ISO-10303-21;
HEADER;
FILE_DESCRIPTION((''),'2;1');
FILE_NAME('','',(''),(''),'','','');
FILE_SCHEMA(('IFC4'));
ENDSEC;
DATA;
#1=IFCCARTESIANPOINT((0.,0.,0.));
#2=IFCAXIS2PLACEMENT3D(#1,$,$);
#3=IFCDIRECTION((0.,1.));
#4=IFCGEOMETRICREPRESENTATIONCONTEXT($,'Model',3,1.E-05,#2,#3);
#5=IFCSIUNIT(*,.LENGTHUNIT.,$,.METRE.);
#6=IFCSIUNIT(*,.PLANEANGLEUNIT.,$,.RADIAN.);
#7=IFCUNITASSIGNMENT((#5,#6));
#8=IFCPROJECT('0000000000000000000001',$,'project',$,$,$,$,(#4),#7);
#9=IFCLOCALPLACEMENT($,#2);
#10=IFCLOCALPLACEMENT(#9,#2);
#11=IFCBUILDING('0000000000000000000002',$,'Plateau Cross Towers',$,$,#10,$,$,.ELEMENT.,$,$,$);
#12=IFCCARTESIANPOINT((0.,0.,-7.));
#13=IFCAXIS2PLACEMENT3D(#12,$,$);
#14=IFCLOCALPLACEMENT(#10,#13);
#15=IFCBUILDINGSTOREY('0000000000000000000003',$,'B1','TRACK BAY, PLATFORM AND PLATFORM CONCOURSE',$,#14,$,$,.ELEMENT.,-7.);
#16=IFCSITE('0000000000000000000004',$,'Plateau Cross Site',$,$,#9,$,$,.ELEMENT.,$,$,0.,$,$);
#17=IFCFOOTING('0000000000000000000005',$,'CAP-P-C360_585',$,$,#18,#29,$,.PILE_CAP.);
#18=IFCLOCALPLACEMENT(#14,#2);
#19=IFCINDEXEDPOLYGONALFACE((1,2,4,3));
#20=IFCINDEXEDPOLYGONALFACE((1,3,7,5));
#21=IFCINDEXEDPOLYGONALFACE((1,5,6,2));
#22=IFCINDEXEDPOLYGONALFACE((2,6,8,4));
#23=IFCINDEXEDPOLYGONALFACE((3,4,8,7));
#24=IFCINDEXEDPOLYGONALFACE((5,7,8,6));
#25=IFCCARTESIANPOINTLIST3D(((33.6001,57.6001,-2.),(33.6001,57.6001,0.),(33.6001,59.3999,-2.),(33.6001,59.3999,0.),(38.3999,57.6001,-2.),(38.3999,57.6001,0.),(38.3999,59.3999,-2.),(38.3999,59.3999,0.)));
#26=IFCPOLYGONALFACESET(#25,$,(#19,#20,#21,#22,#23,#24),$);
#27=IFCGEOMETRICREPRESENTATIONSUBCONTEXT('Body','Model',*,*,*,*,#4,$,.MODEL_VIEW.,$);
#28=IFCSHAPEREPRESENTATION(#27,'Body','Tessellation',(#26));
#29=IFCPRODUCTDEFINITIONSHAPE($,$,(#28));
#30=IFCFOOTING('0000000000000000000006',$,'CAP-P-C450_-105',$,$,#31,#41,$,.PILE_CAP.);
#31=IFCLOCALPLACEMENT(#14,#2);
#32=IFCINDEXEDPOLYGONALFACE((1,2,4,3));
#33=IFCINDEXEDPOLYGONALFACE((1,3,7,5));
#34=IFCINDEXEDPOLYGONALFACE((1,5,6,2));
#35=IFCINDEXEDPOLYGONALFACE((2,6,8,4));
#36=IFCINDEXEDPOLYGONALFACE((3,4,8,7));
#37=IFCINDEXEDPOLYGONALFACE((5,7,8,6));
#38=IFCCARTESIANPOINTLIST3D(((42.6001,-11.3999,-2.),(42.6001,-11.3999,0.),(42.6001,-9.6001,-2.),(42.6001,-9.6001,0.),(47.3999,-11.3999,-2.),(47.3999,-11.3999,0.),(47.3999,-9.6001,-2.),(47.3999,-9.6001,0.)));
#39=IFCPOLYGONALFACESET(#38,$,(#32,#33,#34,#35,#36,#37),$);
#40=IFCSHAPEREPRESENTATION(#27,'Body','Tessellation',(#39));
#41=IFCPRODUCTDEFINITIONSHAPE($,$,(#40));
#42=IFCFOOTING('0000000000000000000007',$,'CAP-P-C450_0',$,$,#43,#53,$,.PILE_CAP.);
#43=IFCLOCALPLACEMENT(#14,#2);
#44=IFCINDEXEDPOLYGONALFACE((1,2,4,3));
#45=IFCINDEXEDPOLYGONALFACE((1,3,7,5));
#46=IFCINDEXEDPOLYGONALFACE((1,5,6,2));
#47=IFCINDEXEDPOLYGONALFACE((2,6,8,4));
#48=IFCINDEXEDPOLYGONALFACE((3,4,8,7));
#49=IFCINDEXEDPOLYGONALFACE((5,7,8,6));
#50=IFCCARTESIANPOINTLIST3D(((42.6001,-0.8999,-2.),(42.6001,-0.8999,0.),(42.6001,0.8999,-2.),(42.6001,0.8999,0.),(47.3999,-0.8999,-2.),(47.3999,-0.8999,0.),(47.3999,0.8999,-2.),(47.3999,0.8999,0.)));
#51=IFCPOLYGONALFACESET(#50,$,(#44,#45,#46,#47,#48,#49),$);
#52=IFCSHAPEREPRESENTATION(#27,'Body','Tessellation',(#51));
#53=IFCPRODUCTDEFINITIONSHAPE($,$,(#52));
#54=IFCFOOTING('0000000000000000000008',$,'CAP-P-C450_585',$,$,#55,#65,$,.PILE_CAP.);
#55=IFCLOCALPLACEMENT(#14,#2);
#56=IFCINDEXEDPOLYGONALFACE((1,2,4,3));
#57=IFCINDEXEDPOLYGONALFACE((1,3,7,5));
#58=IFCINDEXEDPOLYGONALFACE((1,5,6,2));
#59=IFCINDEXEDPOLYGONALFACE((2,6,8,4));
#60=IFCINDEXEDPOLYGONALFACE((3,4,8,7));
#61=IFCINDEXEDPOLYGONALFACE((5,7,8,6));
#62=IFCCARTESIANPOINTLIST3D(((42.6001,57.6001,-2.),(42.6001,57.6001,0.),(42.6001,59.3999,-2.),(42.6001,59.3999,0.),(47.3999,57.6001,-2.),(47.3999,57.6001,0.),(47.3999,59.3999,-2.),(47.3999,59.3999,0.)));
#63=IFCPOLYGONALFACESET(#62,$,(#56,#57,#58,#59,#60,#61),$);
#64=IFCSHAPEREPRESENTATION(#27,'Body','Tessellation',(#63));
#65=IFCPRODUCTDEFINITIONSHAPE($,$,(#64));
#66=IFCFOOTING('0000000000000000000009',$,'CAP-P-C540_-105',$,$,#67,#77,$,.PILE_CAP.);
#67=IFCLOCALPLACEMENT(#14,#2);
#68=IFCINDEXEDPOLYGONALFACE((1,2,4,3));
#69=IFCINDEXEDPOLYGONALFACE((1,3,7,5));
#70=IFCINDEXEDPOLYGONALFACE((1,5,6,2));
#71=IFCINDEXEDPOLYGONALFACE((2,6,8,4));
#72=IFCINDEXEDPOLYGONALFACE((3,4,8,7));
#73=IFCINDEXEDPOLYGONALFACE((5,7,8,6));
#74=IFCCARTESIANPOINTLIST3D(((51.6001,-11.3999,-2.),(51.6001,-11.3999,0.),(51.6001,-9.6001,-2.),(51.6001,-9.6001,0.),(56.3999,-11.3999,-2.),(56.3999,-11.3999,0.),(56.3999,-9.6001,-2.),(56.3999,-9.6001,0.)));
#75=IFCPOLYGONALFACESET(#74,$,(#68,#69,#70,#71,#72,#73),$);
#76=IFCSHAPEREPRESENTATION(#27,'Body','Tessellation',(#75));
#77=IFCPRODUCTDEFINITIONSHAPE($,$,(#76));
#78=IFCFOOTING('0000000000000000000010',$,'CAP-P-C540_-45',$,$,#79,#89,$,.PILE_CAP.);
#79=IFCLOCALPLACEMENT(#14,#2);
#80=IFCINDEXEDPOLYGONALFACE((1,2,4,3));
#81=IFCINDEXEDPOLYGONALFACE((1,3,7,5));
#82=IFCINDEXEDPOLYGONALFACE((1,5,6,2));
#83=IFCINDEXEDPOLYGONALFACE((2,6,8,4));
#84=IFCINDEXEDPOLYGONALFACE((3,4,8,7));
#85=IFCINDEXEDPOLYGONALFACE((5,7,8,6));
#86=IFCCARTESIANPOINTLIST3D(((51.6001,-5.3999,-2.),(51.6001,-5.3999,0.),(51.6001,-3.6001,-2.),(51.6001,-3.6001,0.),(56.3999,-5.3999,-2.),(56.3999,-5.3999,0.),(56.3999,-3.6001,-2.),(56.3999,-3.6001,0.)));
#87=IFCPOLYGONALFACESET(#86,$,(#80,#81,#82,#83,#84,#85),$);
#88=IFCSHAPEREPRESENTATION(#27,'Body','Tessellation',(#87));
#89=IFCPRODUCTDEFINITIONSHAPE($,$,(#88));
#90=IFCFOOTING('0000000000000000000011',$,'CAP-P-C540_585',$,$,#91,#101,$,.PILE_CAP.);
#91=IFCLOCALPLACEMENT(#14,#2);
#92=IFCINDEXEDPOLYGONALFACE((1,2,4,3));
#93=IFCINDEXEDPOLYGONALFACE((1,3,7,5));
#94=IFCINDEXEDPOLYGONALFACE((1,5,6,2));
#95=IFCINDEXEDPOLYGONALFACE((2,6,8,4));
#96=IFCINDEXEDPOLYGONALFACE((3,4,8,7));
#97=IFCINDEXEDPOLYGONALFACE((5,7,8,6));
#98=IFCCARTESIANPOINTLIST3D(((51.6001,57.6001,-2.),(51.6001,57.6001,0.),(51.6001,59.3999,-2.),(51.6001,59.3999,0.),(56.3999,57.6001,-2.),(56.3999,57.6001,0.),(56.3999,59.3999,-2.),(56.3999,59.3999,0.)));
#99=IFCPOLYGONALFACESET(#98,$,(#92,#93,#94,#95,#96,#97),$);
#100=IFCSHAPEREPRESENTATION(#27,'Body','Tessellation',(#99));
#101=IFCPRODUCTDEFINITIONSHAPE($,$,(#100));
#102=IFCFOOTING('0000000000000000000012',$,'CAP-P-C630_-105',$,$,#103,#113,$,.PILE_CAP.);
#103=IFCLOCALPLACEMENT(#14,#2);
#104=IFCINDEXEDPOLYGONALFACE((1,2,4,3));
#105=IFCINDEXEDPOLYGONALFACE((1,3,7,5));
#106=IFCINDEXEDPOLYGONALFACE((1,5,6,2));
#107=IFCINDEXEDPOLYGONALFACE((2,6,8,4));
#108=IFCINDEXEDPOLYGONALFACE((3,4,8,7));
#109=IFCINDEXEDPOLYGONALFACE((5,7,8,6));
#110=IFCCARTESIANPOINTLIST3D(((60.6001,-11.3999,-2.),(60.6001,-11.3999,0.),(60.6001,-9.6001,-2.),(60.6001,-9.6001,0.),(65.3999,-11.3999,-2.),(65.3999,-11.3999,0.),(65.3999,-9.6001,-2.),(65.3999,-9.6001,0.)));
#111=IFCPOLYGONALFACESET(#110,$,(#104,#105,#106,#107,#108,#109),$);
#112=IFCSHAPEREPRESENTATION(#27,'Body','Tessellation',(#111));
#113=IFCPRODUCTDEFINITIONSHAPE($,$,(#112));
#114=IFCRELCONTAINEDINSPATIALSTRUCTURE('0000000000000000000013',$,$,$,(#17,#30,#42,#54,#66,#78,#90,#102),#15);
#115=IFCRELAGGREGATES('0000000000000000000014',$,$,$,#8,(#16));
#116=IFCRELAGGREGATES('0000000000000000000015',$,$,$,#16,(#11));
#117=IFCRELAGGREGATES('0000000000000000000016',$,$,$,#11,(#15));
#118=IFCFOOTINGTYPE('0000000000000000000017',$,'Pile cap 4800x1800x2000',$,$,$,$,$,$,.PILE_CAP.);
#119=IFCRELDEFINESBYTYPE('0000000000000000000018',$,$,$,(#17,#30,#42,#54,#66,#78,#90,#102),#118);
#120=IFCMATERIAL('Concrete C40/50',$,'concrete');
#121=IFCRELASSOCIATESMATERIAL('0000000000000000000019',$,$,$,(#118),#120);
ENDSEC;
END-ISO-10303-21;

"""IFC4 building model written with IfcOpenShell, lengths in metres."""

from ifc_helpers import new_model, si_unit, direction, frame, origin, place, context, subcontext, project, spatial, polyline, outline, extrude, material, type_object, element, save


model = new_model("IFC4")

# Units and contexts
model_context = context("Model", 3, precision=1e-05, world=origin(), true_north=direction((0.0, 1.0)))
body_context = subcontext(model_context, "Body", "Model", "MODEL_VIEW")
ifc_project = project(units=[si_unit("LENGTHUNIT", "METRE"), si_unit("PLANEANGLEUNIT", "RADIAN")], contexts=[model_context])

# Site, building, storey
site_placement = place(None, origin())
site = spatial("IfcSite", under=ifc_project, at=site_placement, Name="Plateau Cross Site", CompositionType="ELEMENT", RefElevation=0.0)
building_placement = place(site_placement, origin())
building = spatial("IfcBuilding", under=site, at=building_placement, Name="Plateau Cross Towers", CompositionType="ELEMENT")
storey_placement = place(building_placement, frame((0.0, 0.0, -7.0)))
storey = spatial("IfcBuildingStorey", under=building, at=storey_placement, Name="B1", Description="TRACK BAY, PLATFORM AND PLATFORM CONCOURSE", CompositionType="ELEMENT", Elevation=-7.0)

# Footings
ifc_material = material(Name="Concrete C40/50", Category="concrete")
footing_type_1 = type_object("IfcFootingType", Name="Pile cap 4800x1800x2000", PredefinedType="PILE_CAP", material=ifc_material)
footing_1_placement = place(storey_placement, frame((0.0, 0.0, -2.0)))
element("IfcFooting", 1, at=footing_1_placement, inside=storey, type_object=footing_type_1, Name="CAP-P-C360_585", PredefinedType="PILE_CAP", context=body_context, shape_type="SweptSolid", body=[
    extrude(outline(polyline([(38.3999, 57.6001), (38.3999, 59.3999), (33.6001, 59.3999), (33.6001, 57.6001), (38.3999, 57.6001)])), origin(), (0.0, 0.0, 1.0), 2.0),
])
footing_2_placement = place(storey_placement, frame((0.0, 0.0, -2.0)))
element("IfcFooting", 2, at=footing_2_placement, inside=storey, type_object=footing_type_1, Name="CAP-P-C450_-105", PredefinedType="PILE_CAP", context=body_context, shape_type="SweptSolid", body=[
    extrude(outline(polyline([(47.3999, -11.3999), (47.3999, -9.6001), (42.6001, -9.6001), (42.6001, -11.3999), (47.3999, -11.3999)])), origin(), (0.0, 0.0, 1.0), 2.0),
])
footing_3_placement = place(storey_placement, frame((0.0, 0.0, -2.0)))
element("IfcFooting", 3, at=footing_3_placement, inside=storey, type_object=footing_type_1, Name="CAP-P-C450_0", PredefinedType="PILE_CAP", context=body_context, shape_type="SweptSolid", body=[
    extrude(outline(polyline([(47.3999, -0.8999), (47.3999, 0.8999), (42.6001, 0.8999), (42.6001, -0.8999), (47.3999, -0.8999)])), origin(), (0.0, 0.0, 1.0), 2.0),
])
footing_4_placement = place(storey_placement, frame((0.0, 0.0, -2.0)))
element("IfcFooting", 4, at=footing_4_placement, inside=storey, type_object=footing_type_1, Name="CAP-P-C450_585", PredefinedType="PILE_CAP", context=body_context, shape_type="SweptSolid", body=[
    extrude(outline(polyline([(47.3999, 57.6001), (47.3999, 59.3999), (42.6001, 59.3999), (42.6001, 57.6001), (47.3999, 57.6001)])), origin(), (0.0, 0.0, 1.0), 2.0),
])
footing_5_placement = place(storey_placement, frame((0.0, 0.0, -2.0)))
element("IfcFooting", 5, at=footing_5_placement, inside=storey, type_object=footing_type_1, Name="CAP-P-C540_-105", PredefinedType="PILE_CAP", context=body_context, shape_type="SweptSolid", body=[
    extrude(outline(polyline([(56.3999, -11.3999), (56.3999, -9.6001), (51.6001, -9.6001), (51.6001, -11.3999), (56.3999, -11.3999)])), origin(), (0.0, 0.0, 1.0), 2.0),
])
footing_6_placement = place(storey_placement, frame((0.0, 0.0, -2.0)))
element("IfcFooting", 6, at=footing_6_placement, inside=storey, type_object=footing_type_1, Name="CAP-P-C540_-45", PredefinedType="PILE_CAP", context=body_context, shape_type="SweptSolid", body=[
    extrude(outline(polyline([(56.3999, -5.3999), (56.3999, -3.6001), (51.6001, -3.6001), (51.6001, -5.3999), (56.3999, -5.3999)])), origin(), (0.0, 0.0, 1.0), 2.0),
])
footing_7_placement = place(storey_placement, frame((0.0, 0.0, -2.0)))
element("IfcFooting", 7, at=footing_7_placement, inside=storey, type_object=footing_type_1, Name="CAP-P-C540_585", PredefinedType="PILE_CAP", context=body_context, shape_type="SweptSolid", body=[
    extrude(outline(polyline([(56.3999, 57.6001), (56.3999, 59.3999), (51.6001, 59.3999), (51.6001, 57.6001), (56.3999, 57.6001)])), origin(), (0.0, 0.0, 1.0), 2.0),
])
footing_8_placement = place(storey_placement, frame((0.0, 0.0, -2.0)))
element("IfcFooting", 8, at=footing_8_placement, inside=storey, type_object=footing_type_1, Name="CAP-P-C630_-105", PredefinedType="PILE_CAP", context=body_context, shape_type="SweptSolid", body=[
    extrude(outline(polyline([(65.3999, -11.3999), (65.3999, -9.6001), (60.6001, -9.6001), (60.6001, -11.3999), (65.3999, -11.3999)])), origin(), (0.0, 0.0, 1.0), 2.0),
])

save(model, "model.ifc")
